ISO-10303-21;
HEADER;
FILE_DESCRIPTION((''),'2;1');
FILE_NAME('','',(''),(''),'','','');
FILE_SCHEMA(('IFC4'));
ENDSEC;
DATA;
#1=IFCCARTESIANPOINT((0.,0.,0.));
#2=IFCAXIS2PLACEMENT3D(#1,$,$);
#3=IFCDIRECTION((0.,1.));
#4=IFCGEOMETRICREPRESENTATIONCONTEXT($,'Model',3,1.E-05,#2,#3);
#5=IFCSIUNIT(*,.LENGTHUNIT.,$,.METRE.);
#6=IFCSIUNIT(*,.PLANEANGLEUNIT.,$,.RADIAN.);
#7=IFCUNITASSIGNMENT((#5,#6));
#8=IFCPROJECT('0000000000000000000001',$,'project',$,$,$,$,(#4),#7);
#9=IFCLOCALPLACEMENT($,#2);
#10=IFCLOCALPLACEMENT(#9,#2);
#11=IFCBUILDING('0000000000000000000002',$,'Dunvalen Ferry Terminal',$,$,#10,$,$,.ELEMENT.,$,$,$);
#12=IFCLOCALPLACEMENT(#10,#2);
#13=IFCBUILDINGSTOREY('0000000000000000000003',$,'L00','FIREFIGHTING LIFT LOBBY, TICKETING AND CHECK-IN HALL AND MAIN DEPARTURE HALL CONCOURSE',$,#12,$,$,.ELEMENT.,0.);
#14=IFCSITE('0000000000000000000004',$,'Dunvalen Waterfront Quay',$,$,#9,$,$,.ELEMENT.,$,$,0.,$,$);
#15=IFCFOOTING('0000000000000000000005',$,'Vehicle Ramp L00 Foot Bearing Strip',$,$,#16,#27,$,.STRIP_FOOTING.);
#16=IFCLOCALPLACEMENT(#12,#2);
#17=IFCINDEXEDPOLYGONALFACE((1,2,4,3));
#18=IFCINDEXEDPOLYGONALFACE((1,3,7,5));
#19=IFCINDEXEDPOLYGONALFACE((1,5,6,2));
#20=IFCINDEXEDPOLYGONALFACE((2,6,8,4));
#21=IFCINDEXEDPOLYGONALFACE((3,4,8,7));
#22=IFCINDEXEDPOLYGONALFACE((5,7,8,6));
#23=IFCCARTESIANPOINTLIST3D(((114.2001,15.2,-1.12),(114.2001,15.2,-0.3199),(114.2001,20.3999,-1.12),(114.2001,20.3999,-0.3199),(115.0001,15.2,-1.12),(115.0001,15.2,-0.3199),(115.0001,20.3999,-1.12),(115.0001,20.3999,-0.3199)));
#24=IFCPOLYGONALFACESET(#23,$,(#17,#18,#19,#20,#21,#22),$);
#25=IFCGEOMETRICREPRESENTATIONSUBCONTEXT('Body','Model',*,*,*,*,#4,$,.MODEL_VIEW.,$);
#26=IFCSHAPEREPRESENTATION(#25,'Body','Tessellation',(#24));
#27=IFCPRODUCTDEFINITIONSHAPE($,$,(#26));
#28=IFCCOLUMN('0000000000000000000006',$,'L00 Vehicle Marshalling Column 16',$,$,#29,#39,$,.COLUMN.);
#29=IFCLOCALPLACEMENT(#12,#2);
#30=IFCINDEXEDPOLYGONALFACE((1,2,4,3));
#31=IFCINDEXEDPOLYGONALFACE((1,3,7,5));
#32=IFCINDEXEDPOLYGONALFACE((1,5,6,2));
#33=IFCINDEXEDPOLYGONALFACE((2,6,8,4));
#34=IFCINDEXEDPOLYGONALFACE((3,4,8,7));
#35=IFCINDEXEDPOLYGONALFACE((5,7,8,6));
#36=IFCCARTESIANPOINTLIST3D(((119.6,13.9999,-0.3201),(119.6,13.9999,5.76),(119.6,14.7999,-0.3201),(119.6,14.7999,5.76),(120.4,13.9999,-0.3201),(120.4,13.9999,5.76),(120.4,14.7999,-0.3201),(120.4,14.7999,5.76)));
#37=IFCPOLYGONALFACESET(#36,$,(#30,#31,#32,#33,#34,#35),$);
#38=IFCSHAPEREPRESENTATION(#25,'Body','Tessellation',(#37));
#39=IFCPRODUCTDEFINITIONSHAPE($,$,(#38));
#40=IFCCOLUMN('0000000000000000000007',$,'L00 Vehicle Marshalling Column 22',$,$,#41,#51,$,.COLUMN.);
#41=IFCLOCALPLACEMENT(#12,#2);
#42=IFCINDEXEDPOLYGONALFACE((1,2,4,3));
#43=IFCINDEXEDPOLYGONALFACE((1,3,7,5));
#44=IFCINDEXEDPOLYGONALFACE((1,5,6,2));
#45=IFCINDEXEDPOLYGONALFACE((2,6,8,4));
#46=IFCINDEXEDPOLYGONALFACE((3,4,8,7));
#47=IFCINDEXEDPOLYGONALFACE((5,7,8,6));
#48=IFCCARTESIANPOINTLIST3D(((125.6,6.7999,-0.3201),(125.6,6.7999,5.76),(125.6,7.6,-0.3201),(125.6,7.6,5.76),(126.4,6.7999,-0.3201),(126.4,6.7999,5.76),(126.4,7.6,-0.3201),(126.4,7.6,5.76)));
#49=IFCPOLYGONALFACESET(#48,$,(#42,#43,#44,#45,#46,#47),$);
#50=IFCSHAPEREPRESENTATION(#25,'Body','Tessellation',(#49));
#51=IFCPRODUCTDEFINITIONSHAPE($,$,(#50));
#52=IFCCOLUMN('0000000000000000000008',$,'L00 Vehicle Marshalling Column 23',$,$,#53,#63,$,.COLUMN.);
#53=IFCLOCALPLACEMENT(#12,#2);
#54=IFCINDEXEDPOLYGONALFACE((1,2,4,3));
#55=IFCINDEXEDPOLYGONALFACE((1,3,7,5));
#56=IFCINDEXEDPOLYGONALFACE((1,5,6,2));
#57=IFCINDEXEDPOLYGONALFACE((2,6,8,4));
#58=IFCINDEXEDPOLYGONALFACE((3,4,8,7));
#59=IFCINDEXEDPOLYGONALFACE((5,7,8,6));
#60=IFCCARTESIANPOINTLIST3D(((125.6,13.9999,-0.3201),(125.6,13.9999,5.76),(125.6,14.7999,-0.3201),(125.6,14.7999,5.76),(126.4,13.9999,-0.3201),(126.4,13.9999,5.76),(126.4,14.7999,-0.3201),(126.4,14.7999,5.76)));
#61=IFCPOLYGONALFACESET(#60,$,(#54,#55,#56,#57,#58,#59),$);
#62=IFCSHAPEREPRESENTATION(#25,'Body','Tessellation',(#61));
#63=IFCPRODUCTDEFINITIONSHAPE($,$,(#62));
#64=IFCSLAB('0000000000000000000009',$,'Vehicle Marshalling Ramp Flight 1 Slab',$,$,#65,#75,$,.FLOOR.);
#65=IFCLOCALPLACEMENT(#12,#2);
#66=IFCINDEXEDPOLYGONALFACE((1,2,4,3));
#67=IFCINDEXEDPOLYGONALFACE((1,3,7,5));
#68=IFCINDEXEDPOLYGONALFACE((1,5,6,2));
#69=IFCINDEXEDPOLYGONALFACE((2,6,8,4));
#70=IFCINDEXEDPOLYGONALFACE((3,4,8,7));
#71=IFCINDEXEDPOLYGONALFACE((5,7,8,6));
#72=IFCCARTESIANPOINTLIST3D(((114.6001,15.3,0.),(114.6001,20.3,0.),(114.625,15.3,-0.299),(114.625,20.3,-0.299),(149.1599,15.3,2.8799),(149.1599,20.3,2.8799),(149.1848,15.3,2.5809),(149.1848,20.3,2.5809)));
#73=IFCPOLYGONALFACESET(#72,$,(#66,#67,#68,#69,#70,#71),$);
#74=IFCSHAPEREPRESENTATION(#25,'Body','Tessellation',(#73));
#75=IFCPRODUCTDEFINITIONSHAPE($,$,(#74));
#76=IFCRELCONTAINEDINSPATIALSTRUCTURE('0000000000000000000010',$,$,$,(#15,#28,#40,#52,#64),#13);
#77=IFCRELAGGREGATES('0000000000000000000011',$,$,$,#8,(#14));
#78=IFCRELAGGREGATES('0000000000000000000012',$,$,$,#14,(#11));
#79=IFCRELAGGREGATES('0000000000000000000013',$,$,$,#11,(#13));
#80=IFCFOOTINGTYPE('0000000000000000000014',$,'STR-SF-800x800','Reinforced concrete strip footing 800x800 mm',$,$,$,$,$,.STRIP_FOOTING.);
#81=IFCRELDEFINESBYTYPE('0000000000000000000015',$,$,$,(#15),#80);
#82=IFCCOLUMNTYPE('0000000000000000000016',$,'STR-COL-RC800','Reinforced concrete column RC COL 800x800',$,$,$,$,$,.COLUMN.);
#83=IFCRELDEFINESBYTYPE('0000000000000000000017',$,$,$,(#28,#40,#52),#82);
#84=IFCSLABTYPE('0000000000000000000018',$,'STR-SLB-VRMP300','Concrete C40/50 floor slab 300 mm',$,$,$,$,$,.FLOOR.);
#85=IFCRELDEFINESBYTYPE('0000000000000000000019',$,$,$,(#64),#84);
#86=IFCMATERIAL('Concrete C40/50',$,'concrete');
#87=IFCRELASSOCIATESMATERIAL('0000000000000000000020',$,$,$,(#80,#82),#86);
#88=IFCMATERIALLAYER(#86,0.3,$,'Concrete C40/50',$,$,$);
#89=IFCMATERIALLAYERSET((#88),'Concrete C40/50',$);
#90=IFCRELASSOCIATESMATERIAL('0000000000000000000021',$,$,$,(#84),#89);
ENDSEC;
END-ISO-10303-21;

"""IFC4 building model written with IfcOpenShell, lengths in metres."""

from ifc_helpers import new_model, si_unit, direction, frame, origin, origin_2d, place, context, subcontext, project, spatial, polyline, rectangle, outline, extrude, material, layer, layer_set, material_profile, profile_set, type_object, element, save


model = new_model("IFC4")

# Units and contexts
model_context = context("Model", 3, precision=1e-05, world=origin(), true_north=direction((0.0, 1.0)))
body_context = subcontext(model_context, "Body", "Model", "MODEL_VIEW")
ifc_project = project(units=[si_unit("LENGTHUNIT", "METRE"), si_unit("PLANEANGLEUNIT", "RADIAN")], contexts=[model_context])

# Site, building, storey
site_placement = place(None, origin())
site = spatial("IfcSite", under=ifc_project, at=site_placement, Name="Dunvalen Waterfront Quay", CompositionType="ELEMENT", RefElevation=0.0)
building_placement = place(site_placement, origin())
building = spatial("IfcBuilding", under=site, at=building_placement, Name="Dunvalen Ferry Terminal", CompositionType="ELEMENT")
storey_placement = place(building_placement, origin())
storey = spatial("IfcBuildingStorey", under=building, at=storey_placement, Name="L00", Description="FIREFIGHTING LIFT LOBBY, TICKETING AND CHECK-IN HALL AND MAIN DEPARTURE HALL CONCOURSE", CompositionType="ELEMENT", Elevation=0.0)

# Shared definitions
ifc_material_1 = material(Name="Concrete C40/50", Category="concrete")

# Footing
ifc_material_profile_1 = material_profile(ifc_material_1, rectangle(XDim=0.8, YDim=0.8, at=origin_2d()), Name="Concrete C40/50")
ifc_profile_set_1 = profile_set([ifc_material_profile_1], Name="Concrete C40/50")
footing_type_1 = type_object("IfcFootingType", Name="STR-SF-800x800", Description="Reinforced concrete strip footing 800x800 mm", PredefinedType="STRIP_FOOTING", material=ifc_profile_set_1)
footing_1_placement = place(storey_placement, frame((114.6001, 15.2, -0.72), z_axis=(0.0, 1.0, 0.0), x_axis=(-1.0, 0.0, 0.0)))
element("IfcFooting", 1, at=footing_1_placement, inside=storey, type_object=footing_type_1, Name="Vehicle Ramp L00 Foot Bearing Strip", PredefinedType="STRIP_FOOTING", context=body_context, shape_type="SweptSolid", body=[
    extrude(rectangle(XDim=0.8, YDim=0.8, at=origin_2d()), origin(), (0.0, 0.0, 1.0), 5.2),
])

# Columns
ifc_material_profile_2 = material_profile(ifc_material_1, rectangle(XDim=0.8, YDim=0.8, at=origin_2d()), Name="Concrete C40/50")
ifc_profile_set_2 = profile_set([ifc_material_profile_2], Name="Concrete C40/50")
column_type = type_object("IfcColumnType", Name="STR-COL-RC800", Description="Reinforced concrete column RC COL 800x800", PredefinedType="COLUMN", material=ifc_profile_set_2)
for number, where, z_axis, x_axis, name in (
    (2, (120.0, 14.3999, -0.3201), (0.0, 0.0, 1.0), (1.0, 0.0, 0.0), "L00 Vehicle Marshalling Column 16"),
    (3, (126.0, 7.2, -0.3201), (0.0, 0.0, 1.0), (1.0, 0.0, 0.0), "L00 Vehicle Marshalling Column 22"),
    (4, (126.0, 14.3999, -0.3201), (0.0, 0.0, 1.0), (1.0, 0.0, 0.0), "L00 Vehicle Marshalling Column 23"),
):
    element("IfcColumn", number, at=place(storey_placement, frame(where, z_axis=z_axis, x_axis=x_axis)), inside=storey, type_object=column_type, Name=name, PredefinedType="COLUMN", context=body_context, shape_type="SweptSolid", body=[
        extrude(rectangle(XDim=0.8, YDim=0.8, at=origin_2d()), origin(), (0.0, 0.0, 1.0), 6.0801),
    ])

# Slab
ifc_layer = layer(ifc_material_1, 0.3, Name="Concrete C40/50")
ifc_layer_set = layer_set([ifc_layer], Name="Concrete C40/50")
slab_type = type_object("IfcSlabType", Name="STR-SLB-VRMP300", Description="Concrete C40/50 floor slab 300 mm", PredefinedType="FLOOR", material=ifc_layer_set)
slab_placement = place(storey_placement, frame((114.6001, 15.3, 0.0), z_axis=(-0.083043, 0.0, 0.996546), x_axis=(0.996546, 0.0, 0.083043)))
element("IfcSlab", 5, at=slab_placement, inside=storey, type_object=slab_type, Name="Vehicle Marshalling Ramp Flight 1 Slab", PredefinedType="FLOOR", context=body_context, shape_type="SweptSolid", body=[
    extrude(outline(polyline([(0.0, 0.0), (34.6796, 0.0), (34.6796, 5.0), (0.0, 5.0), (0.0, 0.0)])), origin(), (0.0, 0.0, -1.0), 0.3),
])

save(model, "model.ifc")
